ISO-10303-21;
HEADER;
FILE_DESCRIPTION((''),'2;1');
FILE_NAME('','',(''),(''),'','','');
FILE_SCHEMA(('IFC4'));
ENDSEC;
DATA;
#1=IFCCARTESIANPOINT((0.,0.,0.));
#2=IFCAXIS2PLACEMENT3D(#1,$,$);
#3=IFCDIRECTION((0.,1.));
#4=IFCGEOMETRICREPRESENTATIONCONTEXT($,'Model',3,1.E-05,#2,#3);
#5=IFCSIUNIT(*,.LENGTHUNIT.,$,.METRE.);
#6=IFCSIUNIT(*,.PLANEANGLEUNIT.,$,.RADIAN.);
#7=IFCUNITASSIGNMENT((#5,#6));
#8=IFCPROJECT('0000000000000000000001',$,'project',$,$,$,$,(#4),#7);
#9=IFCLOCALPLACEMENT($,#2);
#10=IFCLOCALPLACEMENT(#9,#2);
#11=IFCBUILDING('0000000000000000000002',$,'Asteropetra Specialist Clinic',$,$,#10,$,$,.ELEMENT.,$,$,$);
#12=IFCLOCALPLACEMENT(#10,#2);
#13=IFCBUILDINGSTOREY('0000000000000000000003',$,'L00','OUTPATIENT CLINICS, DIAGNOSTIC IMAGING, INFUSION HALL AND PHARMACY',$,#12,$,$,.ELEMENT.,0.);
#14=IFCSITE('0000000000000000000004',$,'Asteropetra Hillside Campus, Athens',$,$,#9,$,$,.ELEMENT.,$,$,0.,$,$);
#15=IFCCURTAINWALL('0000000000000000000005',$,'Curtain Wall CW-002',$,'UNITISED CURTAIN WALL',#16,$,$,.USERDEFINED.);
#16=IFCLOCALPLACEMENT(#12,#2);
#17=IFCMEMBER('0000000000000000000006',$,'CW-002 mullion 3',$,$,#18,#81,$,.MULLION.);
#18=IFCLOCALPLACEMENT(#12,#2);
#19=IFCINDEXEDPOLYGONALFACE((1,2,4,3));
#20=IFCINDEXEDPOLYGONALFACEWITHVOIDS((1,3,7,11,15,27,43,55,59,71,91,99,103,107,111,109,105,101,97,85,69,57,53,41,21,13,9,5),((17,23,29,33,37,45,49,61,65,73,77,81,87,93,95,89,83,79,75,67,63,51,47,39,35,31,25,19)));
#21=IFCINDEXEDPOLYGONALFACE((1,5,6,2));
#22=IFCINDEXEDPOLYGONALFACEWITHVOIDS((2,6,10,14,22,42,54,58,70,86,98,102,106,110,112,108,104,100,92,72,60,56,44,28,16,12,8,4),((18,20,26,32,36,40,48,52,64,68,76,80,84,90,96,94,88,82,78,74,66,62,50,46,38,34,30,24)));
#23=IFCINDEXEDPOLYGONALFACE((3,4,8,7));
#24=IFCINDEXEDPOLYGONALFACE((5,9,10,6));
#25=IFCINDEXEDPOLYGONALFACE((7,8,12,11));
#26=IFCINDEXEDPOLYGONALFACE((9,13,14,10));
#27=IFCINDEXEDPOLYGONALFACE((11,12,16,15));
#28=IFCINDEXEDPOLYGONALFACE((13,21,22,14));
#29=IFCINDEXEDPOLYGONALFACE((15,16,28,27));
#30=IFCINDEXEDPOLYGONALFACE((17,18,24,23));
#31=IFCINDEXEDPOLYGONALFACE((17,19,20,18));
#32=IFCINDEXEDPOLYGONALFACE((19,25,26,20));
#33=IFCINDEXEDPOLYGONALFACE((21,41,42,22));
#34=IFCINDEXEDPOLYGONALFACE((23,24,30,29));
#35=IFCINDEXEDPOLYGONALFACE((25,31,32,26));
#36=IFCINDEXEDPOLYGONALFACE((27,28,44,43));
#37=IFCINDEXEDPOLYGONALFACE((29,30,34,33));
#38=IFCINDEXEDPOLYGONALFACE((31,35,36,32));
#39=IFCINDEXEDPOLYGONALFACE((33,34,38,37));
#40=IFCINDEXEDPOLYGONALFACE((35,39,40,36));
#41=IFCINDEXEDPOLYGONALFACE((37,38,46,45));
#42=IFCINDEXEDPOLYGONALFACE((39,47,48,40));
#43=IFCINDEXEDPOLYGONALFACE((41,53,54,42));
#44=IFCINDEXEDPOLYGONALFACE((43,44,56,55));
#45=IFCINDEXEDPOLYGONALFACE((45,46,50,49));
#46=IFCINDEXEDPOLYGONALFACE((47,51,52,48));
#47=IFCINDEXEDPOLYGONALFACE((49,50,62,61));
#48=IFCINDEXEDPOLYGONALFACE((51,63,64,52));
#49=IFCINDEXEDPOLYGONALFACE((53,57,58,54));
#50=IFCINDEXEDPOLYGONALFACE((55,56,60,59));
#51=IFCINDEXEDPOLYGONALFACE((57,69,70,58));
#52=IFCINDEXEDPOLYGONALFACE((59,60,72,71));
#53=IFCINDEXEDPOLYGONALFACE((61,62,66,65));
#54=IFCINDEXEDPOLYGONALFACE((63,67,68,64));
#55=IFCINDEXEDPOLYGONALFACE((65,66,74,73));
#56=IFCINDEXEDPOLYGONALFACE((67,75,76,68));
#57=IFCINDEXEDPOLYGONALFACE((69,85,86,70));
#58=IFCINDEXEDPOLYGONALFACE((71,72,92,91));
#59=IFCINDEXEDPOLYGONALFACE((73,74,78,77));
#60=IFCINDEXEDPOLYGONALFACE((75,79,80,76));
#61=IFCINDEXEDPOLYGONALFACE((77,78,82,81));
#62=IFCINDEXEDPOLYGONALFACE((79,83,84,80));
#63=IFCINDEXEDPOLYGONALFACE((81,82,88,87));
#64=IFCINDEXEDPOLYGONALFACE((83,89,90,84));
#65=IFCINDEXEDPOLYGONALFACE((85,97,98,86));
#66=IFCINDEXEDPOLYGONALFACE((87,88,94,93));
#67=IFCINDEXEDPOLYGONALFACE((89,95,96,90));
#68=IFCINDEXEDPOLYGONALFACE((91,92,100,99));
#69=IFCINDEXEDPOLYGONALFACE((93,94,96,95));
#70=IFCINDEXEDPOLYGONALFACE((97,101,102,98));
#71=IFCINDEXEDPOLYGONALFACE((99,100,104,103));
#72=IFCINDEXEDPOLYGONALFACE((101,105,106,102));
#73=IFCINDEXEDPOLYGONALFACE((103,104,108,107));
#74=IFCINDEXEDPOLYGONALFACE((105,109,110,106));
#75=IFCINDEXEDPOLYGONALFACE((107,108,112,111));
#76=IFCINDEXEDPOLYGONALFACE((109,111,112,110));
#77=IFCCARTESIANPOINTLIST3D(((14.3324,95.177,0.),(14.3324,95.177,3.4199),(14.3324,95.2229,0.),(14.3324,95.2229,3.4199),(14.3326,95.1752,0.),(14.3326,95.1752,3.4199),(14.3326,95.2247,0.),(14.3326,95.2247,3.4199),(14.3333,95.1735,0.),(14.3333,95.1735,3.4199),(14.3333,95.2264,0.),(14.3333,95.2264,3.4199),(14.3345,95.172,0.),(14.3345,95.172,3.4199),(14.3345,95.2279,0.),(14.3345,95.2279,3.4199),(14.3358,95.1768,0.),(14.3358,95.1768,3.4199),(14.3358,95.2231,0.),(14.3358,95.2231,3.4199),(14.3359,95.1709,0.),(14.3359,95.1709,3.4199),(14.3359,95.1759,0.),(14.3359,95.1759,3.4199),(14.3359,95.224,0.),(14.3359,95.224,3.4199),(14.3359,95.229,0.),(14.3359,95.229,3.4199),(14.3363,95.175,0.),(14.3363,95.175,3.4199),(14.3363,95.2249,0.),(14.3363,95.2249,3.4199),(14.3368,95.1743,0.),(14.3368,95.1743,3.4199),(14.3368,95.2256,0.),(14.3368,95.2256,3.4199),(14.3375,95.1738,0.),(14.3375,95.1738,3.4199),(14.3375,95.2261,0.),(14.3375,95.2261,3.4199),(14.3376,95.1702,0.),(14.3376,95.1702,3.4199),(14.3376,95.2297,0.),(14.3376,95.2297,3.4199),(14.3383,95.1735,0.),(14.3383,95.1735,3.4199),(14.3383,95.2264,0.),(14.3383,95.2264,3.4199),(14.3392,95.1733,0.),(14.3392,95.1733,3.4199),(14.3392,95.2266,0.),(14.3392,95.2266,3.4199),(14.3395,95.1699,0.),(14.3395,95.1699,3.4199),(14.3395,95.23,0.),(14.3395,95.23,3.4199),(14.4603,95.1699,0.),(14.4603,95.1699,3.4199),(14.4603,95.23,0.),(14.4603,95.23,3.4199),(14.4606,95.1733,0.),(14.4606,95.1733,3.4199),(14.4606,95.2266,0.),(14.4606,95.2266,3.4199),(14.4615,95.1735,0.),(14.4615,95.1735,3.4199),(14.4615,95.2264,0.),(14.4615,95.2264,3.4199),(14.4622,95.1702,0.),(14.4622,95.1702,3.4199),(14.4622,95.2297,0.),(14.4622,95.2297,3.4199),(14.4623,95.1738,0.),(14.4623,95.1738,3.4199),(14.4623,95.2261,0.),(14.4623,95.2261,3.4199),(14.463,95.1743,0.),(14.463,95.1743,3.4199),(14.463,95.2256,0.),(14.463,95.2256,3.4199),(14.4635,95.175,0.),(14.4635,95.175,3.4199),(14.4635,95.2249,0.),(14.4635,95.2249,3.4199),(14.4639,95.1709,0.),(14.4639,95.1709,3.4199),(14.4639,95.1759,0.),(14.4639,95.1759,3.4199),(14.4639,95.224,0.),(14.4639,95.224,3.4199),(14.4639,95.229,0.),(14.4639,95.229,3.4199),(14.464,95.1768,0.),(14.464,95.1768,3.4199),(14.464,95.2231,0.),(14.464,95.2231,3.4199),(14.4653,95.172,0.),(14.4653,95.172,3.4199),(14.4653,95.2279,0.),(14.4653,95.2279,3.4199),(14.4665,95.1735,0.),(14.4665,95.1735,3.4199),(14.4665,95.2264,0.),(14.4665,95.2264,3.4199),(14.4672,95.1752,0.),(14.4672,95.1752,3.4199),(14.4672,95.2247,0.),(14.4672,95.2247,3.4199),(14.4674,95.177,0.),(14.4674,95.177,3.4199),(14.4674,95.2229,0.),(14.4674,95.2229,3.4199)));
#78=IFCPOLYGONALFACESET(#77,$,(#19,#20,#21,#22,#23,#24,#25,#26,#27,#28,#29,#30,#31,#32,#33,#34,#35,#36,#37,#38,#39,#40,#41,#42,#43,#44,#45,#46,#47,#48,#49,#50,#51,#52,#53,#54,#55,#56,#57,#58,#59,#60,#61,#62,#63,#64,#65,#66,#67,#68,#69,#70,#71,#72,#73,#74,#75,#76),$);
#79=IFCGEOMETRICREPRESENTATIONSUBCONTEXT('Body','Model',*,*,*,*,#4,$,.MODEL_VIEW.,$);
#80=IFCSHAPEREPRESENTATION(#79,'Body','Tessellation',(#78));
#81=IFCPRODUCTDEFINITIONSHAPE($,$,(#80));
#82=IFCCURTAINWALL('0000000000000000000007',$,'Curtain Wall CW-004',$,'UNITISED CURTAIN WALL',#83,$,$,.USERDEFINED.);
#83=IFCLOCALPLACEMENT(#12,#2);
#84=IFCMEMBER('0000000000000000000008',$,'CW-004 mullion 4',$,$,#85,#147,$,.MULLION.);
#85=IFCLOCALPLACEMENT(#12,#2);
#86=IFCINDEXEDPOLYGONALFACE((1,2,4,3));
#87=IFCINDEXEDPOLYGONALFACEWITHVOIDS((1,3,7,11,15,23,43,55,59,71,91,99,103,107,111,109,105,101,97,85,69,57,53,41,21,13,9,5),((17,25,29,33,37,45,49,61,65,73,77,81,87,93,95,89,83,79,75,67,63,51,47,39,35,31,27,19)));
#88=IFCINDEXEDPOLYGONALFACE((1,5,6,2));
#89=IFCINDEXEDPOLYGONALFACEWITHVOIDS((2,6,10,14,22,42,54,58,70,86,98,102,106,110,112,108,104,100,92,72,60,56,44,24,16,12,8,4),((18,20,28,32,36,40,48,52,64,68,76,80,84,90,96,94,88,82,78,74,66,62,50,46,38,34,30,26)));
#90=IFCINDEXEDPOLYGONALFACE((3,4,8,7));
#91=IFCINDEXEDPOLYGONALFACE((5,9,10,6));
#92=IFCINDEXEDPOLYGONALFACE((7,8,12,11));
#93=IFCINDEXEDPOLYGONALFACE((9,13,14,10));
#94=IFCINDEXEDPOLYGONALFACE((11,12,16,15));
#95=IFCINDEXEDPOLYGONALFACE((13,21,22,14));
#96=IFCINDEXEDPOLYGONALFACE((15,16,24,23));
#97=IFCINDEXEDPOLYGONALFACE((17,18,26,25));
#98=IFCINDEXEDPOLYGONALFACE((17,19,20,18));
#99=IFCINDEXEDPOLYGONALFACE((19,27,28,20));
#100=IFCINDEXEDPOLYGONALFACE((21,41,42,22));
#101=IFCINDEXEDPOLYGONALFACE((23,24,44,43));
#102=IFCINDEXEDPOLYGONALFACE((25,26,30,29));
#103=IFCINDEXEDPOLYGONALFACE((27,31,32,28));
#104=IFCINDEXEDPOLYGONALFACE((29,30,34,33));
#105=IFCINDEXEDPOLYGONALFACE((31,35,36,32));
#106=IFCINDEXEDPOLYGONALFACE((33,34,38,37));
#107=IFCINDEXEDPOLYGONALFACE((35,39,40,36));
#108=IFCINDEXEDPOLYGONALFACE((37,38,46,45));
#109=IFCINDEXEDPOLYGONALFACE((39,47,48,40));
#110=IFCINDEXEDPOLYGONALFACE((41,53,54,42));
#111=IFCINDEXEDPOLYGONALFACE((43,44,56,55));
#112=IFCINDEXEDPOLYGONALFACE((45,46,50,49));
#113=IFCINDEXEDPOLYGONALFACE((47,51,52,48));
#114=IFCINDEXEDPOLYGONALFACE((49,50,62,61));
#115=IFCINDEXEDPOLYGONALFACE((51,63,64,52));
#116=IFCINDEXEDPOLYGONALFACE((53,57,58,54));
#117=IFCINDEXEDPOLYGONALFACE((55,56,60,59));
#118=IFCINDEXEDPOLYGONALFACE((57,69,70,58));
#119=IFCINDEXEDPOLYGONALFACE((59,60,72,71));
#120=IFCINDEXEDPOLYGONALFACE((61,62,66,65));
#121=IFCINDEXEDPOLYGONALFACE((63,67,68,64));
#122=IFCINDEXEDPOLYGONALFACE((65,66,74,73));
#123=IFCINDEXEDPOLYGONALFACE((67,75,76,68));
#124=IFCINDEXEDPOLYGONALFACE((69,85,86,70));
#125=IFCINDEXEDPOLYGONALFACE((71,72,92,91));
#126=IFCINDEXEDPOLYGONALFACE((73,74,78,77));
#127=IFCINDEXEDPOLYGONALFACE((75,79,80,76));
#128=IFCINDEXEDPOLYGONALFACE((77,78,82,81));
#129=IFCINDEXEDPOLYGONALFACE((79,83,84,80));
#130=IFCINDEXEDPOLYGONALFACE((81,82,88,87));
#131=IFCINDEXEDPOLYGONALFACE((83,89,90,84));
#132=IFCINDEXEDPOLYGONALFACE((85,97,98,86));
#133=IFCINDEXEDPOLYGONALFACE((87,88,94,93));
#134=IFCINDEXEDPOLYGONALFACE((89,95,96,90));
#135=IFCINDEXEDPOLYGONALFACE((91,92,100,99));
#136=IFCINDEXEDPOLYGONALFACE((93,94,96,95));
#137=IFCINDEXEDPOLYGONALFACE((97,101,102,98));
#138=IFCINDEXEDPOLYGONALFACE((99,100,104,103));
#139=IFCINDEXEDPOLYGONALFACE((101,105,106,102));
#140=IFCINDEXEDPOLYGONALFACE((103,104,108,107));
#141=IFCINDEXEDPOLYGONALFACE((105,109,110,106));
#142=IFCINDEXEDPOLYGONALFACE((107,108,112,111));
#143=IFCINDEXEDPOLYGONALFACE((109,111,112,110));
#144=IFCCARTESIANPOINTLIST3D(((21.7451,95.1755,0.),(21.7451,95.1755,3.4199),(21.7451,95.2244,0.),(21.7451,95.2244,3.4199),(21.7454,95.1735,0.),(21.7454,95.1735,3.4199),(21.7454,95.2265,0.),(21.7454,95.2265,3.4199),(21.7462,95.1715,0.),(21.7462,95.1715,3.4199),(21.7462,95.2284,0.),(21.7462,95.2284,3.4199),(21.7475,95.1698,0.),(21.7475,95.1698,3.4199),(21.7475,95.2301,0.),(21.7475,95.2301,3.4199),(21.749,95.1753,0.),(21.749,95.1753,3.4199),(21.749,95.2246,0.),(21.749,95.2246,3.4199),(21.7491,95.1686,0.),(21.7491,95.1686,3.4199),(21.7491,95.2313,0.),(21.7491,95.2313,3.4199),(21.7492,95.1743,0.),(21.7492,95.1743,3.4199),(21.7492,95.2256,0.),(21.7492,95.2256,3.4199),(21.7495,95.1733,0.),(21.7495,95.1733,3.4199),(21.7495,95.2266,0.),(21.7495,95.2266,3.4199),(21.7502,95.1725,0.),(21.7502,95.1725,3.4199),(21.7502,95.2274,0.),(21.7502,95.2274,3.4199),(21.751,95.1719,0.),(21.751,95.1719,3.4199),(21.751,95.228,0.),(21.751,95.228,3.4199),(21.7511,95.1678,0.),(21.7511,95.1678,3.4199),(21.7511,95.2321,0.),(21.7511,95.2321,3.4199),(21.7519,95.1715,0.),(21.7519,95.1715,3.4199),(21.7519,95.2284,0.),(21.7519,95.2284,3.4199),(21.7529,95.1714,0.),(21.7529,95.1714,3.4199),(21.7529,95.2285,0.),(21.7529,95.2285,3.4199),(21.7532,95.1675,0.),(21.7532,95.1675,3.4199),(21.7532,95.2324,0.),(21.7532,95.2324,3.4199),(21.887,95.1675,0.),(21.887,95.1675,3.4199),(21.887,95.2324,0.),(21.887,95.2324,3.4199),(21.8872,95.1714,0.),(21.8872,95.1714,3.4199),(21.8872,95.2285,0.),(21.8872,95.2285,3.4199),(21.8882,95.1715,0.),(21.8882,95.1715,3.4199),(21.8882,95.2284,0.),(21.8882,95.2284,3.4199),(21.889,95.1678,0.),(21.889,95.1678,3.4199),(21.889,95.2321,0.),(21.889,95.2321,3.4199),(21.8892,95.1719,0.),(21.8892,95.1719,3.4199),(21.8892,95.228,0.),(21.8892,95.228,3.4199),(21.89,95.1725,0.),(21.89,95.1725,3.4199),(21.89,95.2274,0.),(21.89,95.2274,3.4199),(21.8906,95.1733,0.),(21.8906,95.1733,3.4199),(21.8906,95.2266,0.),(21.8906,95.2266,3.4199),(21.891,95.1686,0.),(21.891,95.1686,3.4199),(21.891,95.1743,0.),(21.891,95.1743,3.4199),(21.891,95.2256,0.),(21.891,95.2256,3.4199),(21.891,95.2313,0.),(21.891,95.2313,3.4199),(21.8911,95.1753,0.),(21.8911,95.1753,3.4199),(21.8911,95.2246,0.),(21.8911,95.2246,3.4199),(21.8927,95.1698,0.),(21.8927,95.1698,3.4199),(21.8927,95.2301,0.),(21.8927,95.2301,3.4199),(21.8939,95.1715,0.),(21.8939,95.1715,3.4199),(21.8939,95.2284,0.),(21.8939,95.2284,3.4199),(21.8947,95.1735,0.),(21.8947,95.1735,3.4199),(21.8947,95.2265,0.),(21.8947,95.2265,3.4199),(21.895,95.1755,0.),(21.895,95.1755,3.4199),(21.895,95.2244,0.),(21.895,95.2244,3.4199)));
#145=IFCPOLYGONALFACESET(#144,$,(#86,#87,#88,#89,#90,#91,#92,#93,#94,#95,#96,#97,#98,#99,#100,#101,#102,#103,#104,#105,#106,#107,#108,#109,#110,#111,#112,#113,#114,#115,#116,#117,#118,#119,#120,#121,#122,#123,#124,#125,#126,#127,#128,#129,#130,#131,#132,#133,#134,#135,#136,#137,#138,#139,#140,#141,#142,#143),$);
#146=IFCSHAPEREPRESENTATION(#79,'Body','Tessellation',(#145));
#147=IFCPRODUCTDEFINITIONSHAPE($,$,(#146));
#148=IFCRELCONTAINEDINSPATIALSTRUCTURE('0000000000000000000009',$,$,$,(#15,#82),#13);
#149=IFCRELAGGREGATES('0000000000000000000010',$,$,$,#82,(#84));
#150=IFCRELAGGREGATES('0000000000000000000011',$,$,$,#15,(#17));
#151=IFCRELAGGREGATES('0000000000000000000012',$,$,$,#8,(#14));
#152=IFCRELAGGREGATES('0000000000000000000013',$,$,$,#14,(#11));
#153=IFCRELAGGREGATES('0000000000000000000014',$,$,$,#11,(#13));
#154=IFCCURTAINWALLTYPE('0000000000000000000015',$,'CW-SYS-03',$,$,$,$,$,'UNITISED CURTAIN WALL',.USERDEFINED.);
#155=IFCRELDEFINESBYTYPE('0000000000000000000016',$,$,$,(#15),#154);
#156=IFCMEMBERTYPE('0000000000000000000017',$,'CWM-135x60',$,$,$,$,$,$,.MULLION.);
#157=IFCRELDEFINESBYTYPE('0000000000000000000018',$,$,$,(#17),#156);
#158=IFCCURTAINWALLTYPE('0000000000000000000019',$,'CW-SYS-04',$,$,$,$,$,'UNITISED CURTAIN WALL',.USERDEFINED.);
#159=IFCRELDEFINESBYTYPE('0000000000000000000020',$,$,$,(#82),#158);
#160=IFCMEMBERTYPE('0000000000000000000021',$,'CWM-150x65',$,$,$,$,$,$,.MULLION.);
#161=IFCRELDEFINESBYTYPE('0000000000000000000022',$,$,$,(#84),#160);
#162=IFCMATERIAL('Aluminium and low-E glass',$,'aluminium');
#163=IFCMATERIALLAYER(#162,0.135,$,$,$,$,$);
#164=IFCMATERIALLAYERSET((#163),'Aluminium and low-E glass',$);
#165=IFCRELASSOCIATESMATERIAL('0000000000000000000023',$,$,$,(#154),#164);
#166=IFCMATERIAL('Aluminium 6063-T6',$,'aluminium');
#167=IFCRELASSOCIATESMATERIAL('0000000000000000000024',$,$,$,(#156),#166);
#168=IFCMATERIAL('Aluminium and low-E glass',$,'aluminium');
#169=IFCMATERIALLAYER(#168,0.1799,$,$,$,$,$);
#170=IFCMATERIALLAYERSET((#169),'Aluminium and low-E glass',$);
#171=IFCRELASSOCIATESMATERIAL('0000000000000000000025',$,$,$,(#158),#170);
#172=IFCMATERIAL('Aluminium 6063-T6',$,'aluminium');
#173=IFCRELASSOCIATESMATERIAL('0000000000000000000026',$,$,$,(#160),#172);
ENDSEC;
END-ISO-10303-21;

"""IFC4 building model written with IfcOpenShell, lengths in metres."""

from ifc_helpers import new_model, si_unit, direction, frame, origin, origin_2d, place, context, subcontext, project, spatial, hollow_rectangle, extrude, material, layer, layer_set, material_profile, profile_set, type_object, element, aggregate, save


model = new_model("IFC4")

# Units and contexts
model_context = context("Model", 3, precision=1e-05, world=origin(), true_north=direction((0.0, 1.0)))
body_context = subcontext(model_context, "Body", "Model", "MODEL_VIEW")
ifc_project = project(units=[si_unit("LENGTHUNIT", "METRE"), si_unit("PLANEANGLEUNIT", "RADIAN")], contexts=[model_context])

# Site, building, storey
site_placement = place(None, origin())
site = spatial("IfcSite", under=ifc_project, at=site_placement, Name="Asteropetra Hillside Campus, Athens", CompositionType="ELEMENT", RefElevation=0.0)
building_placement = place(site_placement, origin())
building = spatial("IfcBuilding", under=site, at=building_placement, Name="Asteropetra Specialist Clinic", CompositionType="ELEMENT")
storey_placement = place(building_placement, origin())
storey = spatial("IfcBuildingStorey", under=building, at=storey_placement, Name="L00", Description="OUTPATIENT CLINICS, DIAGNOSTIC IMAGING, INFUSION HALL AND PHARMACY", CompositionType="ELEMENT", Elevation=0.0)

# Curtain walls, members
ifc_material_1 = material(Name="Aluminium and low-E glass", Category="aluminium")
ifc_layer_1 = layer(ifc_material_1, 0.135)
ifc_layer_set_1 = layer_set([ifc_layer_1], Name="Aluminium and low-E glass")
curtain_wall_type_1 = type_object("IfcCurtainWallType", Name="CW-SYS-03", ElementType="UNITISED CURTAIN WALL", PredefinedType="USERDEFINED", material=ifc_layer_set_1)
curtain_wall_1_placement = place(storey_placement, origin())
curtain_wall_1 = element("IfcCurtainWall", 1, at=curtain_wall_1_placement, inside=storey, type_object=curtain_wall_type_1, Name="Curtain Wall CW-002", ObjectType="UNITISED CURTAIN WALL", PredefinedType="USERDEFINED")
ifc_material_2 = material(Name="Aluminium 6063-T6", Category="aluminium")
ifc_material_profile_1 = material_profile(ifc_material_2, hollow_rectangle(XDim=0.0601, YDim=0.135, WallThickness=0.0034, InnerFilletRadius=0.0034, OuterFilletRadius=0.0071, at=origin_2d()), Name="MUL 135x60x3.5")
ifc_profile_set_1 = profile_set([ifc_material_profile_1], Name="Aluminium 6063-T6")
member_type_1 = type_object("IfcMemberType", Name="CWM-135x60", PredefinedType="MULLION", material=ifc_profile_set_1)
member_1_placement = place(storey_placement, frame((14.3999, 95.2, 0.0), z_axis=(0.0, 0.0, 1.0), x_axis=(0.0, -1.0, 0.0)))
member_1 = element("IfcMember", 2, at=member_1_placement, type_object=member_type_1, Name="CW-002 mullion 3", PredefinedType="MULLION", context=body_context, shape_type="SweptSolid", body=[
    extrude(hollow_rectangle(XDim=0.0601, YDim=0.135, WallThickness=0.0034, InnerFilletRadius=0.0034, OuterFilletRadius=0.0071, at=origin_2d()), origin(), (0.0, 0.0, 1.0), 3.4199),
])
ifc_material_3 = material(Name="Aluminium and low-E glass", Category="aluminium")
ifc_layer_2 = layer(ifc_material_3, 0.1799)
ifc_layer_set_2 = layer_set([ifc_layer_2], Name="Aluminium and low-E glass")
curtain_wall_type_2 = type_object("IfcCurtainWallType", Name="CW-SYS-04", ElementType="UNITISED CURTAIN WALL", PredefinedType="USERDEFINED", material=ifc_layer_set_2)
curtain_wall_2_placement = place(storey_placement, origin())
curtain_wall_2 = element("IfcCurtainWall", 3, at=curtain_wall_2_placement, inside=storey, type_object=curtain_wall_type_2, Name="Curtain Wall CW-004", ObjectType="UNITISED CURTAIN WALL", PredefinedType="USERDEFINED")
ifc_material_4 = material(Name="Aluminium 6063-T6", Category="aluminium")
ifc_material_profile_2 = material_profile(ifc_material_4, hollow_rectangle(XDim=0.0649, YDim=0.1499, WallThickness=0.0039, InnerFilletRadius=0.0039, OuterFilletRadius=0.0081, at=origin_2d()), Name="MUL 150x65x4.0")
ifc_profile_set_2 = profile_set([ifc_material_profile_2], Name="Aluminium 6063-T6")
member_type_2 = type_object("IfcMemberType", Name="CWM-150x65", PredefinedType="MULLION", material=ifc_profile_set_2)
member_2_placement = place(storey_placement, frame((21.8201, 95.2, 0.0), z_axis=(0.0, 0.0, 1.0), x_axis=(0.0, -1.0, 0.0)))
member_2 = element("IfcMember", 4, at=member_2_placement, type_object=member_type_2, Name="CW-004 mullion 4", PredefinedType="MULLION", context=body_context, shape_type="SweptSolid", body=[
    extrude(hollow_rectangle(XDim=0.0649, YDim=0.1499, WallThickness=0.0039, InnerFilletRadius=0.0039, OuterFilletRadius=0.0081, at=origin_2d()), origin(), (0.0, 0.0, 1.0), 3.4199),
])

aggregate(curtain_wall_2, [member_2])
aggregate(curtain_wall_1, [member_1])

save(model, "model.ifc")
